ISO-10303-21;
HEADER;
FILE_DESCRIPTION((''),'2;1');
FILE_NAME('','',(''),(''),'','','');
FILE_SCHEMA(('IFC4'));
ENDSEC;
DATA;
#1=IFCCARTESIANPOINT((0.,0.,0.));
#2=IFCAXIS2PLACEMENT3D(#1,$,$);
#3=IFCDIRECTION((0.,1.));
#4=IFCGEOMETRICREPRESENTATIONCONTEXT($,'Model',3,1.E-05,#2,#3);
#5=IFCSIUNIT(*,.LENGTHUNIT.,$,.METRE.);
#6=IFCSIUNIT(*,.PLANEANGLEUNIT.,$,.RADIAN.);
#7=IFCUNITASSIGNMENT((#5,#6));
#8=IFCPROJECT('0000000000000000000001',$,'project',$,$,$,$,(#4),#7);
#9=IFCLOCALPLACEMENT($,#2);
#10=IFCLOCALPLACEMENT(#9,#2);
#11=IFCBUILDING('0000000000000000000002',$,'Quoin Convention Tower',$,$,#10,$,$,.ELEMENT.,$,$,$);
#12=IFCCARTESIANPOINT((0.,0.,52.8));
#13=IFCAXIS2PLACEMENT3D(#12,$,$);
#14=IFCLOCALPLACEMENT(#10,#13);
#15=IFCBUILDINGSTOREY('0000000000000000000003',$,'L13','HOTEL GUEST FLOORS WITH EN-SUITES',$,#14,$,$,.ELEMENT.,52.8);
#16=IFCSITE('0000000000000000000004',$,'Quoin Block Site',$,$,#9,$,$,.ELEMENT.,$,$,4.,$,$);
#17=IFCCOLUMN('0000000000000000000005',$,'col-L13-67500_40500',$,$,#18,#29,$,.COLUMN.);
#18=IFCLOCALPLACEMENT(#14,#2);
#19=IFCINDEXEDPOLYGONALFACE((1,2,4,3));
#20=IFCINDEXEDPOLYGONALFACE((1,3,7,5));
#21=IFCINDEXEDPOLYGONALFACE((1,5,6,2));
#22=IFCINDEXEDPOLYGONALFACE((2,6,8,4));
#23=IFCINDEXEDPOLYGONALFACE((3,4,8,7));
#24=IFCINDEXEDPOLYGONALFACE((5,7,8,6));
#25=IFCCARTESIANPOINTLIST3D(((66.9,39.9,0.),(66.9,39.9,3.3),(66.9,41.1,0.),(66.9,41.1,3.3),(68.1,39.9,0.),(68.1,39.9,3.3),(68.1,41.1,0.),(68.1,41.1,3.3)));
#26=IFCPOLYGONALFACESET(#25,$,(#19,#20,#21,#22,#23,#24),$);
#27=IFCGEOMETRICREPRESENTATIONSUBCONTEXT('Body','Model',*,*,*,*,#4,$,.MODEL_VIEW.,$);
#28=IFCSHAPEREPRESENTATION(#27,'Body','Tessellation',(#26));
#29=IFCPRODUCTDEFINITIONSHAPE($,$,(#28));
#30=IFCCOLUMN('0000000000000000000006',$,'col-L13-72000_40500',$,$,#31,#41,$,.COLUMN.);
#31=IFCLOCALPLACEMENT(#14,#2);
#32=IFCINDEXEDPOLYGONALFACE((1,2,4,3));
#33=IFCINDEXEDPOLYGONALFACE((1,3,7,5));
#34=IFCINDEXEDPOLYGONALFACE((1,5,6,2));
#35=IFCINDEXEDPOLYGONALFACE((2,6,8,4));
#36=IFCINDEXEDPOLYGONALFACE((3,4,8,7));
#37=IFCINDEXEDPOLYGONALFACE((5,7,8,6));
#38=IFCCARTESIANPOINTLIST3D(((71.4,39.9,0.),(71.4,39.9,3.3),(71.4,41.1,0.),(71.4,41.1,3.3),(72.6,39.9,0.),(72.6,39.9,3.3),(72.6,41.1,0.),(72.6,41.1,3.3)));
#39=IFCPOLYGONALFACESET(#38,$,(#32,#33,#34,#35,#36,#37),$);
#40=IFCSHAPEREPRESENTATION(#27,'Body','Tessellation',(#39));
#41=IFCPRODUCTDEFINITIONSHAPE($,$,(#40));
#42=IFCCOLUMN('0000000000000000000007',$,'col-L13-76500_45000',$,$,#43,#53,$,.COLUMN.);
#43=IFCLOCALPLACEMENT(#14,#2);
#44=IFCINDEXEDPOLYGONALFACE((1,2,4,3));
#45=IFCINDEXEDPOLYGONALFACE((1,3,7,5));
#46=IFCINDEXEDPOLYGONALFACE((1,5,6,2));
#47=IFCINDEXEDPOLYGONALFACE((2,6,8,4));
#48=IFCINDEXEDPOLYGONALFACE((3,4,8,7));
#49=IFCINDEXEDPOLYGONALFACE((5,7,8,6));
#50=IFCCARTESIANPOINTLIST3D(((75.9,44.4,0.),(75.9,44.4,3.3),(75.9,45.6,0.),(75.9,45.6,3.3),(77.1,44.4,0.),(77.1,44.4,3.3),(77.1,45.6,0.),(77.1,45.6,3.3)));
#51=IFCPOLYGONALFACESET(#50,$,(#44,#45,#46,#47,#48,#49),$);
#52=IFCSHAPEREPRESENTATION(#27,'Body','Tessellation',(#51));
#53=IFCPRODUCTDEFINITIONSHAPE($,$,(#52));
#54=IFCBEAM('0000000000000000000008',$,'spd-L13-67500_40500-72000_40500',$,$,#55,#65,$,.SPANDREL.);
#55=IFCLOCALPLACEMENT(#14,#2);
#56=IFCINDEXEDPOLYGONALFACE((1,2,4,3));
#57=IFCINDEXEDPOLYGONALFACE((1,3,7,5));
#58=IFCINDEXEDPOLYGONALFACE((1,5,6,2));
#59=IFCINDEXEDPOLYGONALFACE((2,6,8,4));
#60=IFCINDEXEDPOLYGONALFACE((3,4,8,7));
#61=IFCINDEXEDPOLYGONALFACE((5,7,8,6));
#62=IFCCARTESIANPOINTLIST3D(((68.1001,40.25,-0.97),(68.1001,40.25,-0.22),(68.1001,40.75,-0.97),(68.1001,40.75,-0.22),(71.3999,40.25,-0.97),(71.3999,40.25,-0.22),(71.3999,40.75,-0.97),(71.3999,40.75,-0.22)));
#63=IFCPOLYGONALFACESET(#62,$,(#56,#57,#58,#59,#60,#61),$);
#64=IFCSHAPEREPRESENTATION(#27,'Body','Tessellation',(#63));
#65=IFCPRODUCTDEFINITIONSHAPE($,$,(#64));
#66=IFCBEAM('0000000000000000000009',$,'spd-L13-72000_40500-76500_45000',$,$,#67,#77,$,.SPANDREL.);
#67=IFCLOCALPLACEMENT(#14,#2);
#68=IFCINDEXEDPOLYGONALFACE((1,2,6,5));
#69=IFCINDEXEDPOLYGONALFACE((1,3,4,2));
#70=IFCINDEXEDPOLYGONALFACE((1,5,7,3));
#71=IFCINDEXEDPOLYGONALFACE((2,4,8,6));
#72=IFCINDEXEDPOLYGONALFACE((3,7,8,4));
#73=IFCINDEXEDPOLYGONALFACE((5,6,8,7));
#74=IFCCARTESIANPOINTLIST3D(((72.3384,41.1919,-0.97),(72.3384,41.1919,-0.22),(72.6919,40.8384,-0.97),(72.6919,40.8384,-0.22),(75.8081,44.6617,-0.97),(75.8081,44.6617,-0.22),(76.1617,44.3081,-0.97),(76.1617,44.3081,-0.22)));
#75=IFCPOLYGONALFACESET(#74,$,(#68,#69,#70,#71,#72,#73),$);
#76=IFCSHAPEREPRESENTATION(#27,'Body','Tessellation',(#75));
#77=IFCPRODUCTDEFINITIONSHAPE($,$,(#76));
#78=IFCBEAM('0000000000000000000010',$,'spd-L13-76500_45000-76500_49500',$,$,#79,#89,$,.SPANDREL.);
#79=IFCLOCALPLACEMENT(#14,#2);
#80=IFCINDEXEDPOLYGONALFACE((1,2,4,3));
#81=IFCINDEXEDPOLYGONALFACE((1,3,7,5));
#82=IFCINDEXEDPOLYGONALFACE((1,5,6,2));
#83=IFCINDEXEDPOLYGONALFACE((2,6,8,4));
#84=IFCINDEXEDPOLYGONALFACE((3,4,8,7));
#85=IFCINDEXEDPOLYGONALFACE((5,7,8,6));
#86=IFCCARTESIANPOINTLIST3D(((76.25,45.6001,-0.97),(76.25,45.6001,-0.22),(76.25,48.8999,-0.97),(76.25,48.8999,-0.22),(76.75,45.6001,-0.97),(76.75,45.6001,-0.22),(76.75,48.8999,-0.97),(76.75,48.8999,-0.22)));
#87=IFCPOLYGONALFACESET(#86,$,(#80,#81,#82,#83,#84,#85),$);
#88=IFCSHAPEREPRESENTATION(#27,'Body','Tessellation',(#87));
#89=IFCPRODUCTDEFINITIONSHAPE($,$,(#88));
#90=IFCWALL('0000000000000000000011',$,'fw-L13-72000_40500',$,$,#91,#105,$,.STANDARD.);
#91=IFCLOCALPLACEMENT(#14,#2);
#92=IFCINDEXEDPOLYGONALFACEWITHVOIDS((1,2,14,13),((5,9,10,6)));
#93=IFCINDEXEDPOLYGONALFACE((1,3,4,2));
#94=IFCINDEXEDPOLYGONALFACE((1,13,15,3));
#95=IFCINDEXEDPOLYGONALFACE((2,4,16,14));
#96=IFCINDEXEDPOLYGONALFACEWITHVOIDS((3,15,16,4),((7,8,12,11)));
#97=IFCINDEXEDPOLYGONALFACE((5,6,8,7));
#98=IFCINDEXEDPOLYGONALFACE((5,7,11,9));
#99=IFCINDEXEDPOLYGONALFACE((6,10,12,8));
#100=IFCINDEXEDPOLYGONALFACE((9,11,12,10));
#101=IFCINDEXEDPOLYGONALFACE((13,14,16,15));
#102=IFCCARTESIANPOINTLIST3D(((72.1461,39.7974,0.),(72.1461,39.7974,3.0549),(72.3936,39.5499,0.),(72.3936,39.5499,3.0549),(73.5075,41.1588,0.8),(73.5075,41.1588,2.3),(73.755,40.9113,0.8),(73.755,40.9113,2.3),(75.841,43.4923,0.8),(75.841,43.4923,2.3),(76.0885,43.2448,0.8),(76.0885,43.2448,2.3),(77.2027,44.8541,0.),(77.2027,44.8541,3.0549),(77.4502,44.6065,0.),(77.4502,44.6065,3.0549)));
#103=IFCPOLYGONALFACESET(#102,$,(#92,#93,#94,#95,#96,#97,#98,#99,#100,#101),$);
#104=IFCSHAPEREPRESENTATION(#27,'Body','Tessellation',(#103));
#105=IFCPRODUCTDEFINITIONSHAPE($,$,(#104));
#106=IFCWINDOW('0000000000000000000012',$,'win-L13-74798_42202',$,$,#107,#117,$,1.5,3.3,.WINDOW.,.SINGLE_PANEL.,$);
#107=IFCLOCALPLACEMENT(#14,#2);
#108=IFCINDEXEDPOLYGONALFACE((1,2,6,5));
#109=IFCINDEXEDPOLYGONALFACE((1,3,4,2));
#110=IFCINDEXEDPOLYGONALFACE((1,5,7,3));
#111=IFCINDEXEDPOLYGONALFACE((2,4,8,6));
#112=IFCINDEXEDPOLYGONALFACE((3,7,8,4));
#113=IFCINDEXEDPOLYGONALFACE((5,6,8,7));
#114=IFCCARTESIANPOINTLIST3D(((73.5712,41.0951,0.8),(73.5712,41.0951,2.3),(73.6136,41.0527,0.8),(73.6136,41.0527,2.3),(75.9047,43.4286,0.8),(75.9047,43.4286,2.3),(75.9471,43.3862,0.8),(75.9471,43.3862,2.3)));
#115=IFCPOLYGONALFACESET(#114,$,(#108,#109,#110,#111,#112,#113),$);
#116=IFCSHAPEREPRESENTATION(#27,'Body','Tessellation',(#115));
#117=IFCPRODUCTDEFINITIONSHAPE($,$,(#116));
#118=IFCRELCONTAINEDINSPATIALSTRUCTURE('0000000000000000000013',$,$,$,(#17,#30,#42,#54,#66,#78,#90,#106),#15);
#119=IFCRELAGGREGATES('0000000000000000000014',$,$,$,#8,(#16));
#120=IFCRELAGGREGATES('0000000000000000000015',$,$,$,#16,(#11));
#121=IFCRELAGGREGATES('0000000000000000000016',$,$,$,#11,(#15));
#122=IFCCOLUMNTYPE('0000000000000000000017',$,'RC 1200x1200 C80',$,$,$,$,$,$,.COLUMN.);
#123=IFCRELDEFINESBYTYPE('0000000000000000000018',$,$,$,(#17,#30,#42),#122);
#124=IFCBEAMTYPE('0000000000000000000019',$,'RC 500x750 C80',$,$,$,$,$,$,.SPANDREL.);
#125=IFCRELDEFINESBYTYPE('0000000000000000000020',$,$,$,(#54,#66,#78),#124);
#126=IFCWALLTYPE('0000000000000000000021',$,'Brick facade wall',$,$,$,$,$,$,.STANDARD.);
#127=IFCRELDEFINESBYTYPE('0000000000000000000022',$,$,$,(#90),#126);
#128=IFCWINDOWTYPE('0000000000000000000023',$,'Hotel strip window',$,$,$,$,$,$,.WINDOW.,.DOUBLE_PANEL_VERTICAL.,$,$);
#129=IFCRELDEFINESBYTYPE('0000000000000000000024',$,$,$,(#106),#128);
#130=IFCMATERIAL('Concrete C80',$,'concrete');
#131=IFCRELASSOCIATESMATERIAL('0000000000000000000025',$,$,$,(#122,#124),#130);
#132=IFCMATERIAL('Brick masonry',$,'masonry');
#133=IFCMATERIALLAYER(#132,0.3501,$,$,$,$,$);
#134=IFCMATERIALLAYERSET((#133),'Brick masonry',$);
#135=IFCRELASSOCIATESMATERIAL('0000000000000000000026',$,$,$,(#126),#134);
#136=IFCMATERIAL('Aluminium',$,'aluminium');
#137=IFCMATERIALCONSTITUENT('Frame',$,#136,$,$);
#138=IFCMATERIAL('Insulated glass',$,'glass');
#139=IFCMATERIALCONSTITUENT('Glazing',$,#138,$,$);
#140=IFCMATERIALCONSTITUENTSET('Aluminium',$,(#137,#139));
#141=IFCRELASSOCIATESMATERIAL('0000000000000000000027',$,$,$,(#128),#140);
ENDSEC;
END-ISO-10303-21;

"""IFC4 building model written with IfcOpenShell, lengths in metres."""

from ifc_helpers import new_model, si_unit, direction, frame, frame_2d, origin, origin_2d, place, context, subcontext, project, spatial, rectangle, extrude, material, layer, layer_set, constituent, constituent_set, material_profile, profile_set, type_object, element, fill, save


model = new_model("IFC4")

# Units and contexts
model_context = context("Model", 3, precision=1e-05, world=origin(), true_north=direction((0.0, 1.0)))
body_context = subcontext(model_context, "Body", "Model", "MODEL_VIEW")
ifc_project = project(units=[si_unit("LENGTHUNIT", "METRE"), si_unit("PLANEANGLEUNIT", "RADIAN")], contexts=[model_context])

# Site, building, storey
site_placement = place(None, origin())
site = spatial("IfcSite", under=ifc_project, at=site_placement, Name="Quoin Block Site", CompositionType="ELEMENT", RefElevation=4.0)
building_placement = place(site_placement, origin())
building = spatial("IfcBuilding", under=site, at=building_placement, Name="Quoin Convention Tower", CompositionType="ELEMENT")
storey_placement = place(building_placement, frame((0.0, 0.0, 52.8)))
storey = spatial("IfcBuildingStorey", under=building, at=storey_placement, Name="L13", Description="HOTEL GUEST FLOORS WITH EN-SUITES", CompositionType="ELEMENT", Elevation=52.8)

# Columns
ifc_material_1 = material(Name="Concrete C80", Category="concrete")
ifc_material_profile_1 = material_profile(ifc_material_1, rectangle(XDim=1.2, YDim=1.2, at=origin_2d()), Name="RC 1200x1200")
ifc_profile_set_1 = profile_set([ifc_material_profile_1], Name="Concrete C80")
column_type = type_object("IfcColumnType", Name="RC 1200x1200 C80", PredefinedType="COLUMN", material=ifc_profile_set_1)
for number, where, z_axis, x_axis, name in (
    (1, (67.5, 40.5, 0.0), (0.0, 0.0, 1.0), (1.0, 0.0, 0.0), "col-L13-67500_40500"),
    (2, (72.0, 40.5, 0.0), (0.0, 0.0, 1.0), (1.0, 0.0, 0.0), "col-L13-72000_40500"),
    (3, (76.5, 45.0, 0.0), (0.0, 0.0, 1.0), (1.0, 0.0, 0.0), "col-L13-76500_45000"),
):
    element("IfcColumn", number, at=place(storey_placement, frame(where, z_axis=z_axis, x_axis=x_axis)), inside=storey, type_object=column_type, Name=name, PredefinedType="COLUMN", context=body_context, shape_type="SweptSolid", body=[
        extrude(rectangle(XDim=1.2, YDim=1.2, at=origin_2d()), origin(), (0.0, 0.0, 1.0), 3.3),
    ])

# Beams
ifc_material_profile_2 = material_profile(ifc_material_1, rectangle(XDim=0.5, YDim=0.75, at=origin_2d()), Name="RC 500x750")
ifc_profile_set_2 = profile_set([ifc_material_profile_2], Name="Concrete C80")
beam_type = type_object("IfcBeamType", Name="RC 500x750 C80", PredefinedType="SPANDREL", material=ifc_profile_set_2)
beam_1_placement = place(storey_placement, frame((68.1001, 40.5, -0.595), z_axis=(1.0, 0.0, 0.0), x_axis=(0.0, 1.0, 0.0)))
element("IfcBeam", 4, at=beam_1_placement, inside=storey, type_object=beam_type, Name="spd-L13-67500_40500-72000_40500", PredefinedType="SPANDREL", context=body_context, shape_type="SweptSolid", body=[
    extrude(rectangle(XDim=0.5, YDim=0.75, at=origin_2d()), origin(), (0.0, 0.0, 1.0), 3.2998),
])
beam_2_placement = place(storey_placement, frame((72.5151, 41.0151, -0.595), z_axis=(0.707107, 0.707107, 0.0), x_axis=(-0.707107, 0.707107, 0.0)))
element("IfcBeam", 5, at=beam_2_placement, inside=storey, type_object=beam_type, Name="spd-L13-72000_40500-76500_45000", PredefinedType="SPANDREL", context=body_context, shape_type="SweptSolid", body=[
    extrude(rectangle(XDim=0.5, YDim=0.75, at=origin_2d()), origin(), (0.0, 0.0, 1.0), 4.907),
])
beam_3_placement = place(storey_placement, frame((76.5, 45.6001, -0.595), z_axis=(0.0, 1.0, 0.0), x_axis=(-1.0, 0.0, 0.0)))
element("IfcBeam", 6, at=beam_3_placement, inside=storey, type_object=beam_type, Name="spd-L13-76500_45000-76500_49500", PredefinedType="SPANDREL", context=body_context, shape_type="SweptSolid", body=[
    extrude(rectangle(XDim=0.5, YDim=0.75, at=origin_2d()), origin(), (0.0, 0.0, 1.0), 3.2998),
])

# Wall, opening, window
ifc_material_2 = material(Name="Brick masonry", Category="masonry")
ifc_layer_1 = layer(ifc_material_2, 0.3501)
ifc_layer_set_1 = layer_set([ifc_layer_1], Name="Brick masonry")
wall_type_1 = type_object("IfcWallType", Name="Brick facade wall", PredefinedType="STANDARD", material=ifc_layer_set_1)
wall_1_placement = place(storey_placement, frame((72.2698, 39.6736, 0.0), z_axis=(0.0, 0.0, 1.0), x_axis=(0.707107, 0.707107, 0.0)))
wall_1 = element("IfcWall", 7, at=wall_1_placement, inside=storey, type_object=wall_type_1, Name="fw-L13-72000_40500", PredefinedType="STANDARD", context=body_context, shape_type="SweptSolid", body=[
    extrude(rectangle(XDim=7.1511, YDim=0.3501, at=frame_2d((3.5757, 0.0))), origin(), (0.0, 0.0, 1.0), 3.0549),
])
opening_1_placement = place(wall_1_placement, frame((1.9255, 0.0, 0.8)))
opening_1 = element("IfcOpeningElement", 8, at=opening_1_placement, cuts=wall_1, PredefinedType="OPENING", context=body_context, shape_type="SweptSolid", body=[
    extrude(rectangle(XDim=3.3, YDim=1.5, at=frame_2d((1.6499, 0.75))), frame((0.0, 0.1851, 0.0), z_axis=(0.0, -1.0, 0.0), x_axis=(1.0, 0.0, 0.0)), (0.0, 0.0, 1.0), 0.3701),
])
ifc_material_3 = material(Name="Aluminium", Category="aluminium")
ifc_constituent_1 = constituent(ifc_material_3, Name="Frame")
ifc_material_4 = material(Name="Insulated glass", Category="glass")
ifc_constituent_2 = constituent(ifc_material_4, Name="Glazing")
ifc_constituent_set = constituent_set(constituents=[ifc_constituent_1, ifc_constituent_2], Name="Aluminium")
window_type = type_object("IfcWindowType", Name="Hotel strip window", PartitioningType="DOUBLE_PANEL_VERTICAL", PredefinedType="WINDOW", material=ifc_constituent_set)
window_1_placement = place(opening_1_placement, origin())
window_1 = element("IfcWindow", 9, at=window_1_placement, inside=storey, type_object=window_type, Name="win-L13-74798_42202", OverallHeight=1.5, OverallWidth=3.3, PartitioningType="SINGLE_PANEL", PredefinedType="WINDOW", context=body_context, shape_type="SweptSolid", body=[
    extrude(rectangle(XDim=3.3, YDim=1.5, at=frame_2d((1.6499, 0.75))), frame((0.0, 0.085, 0.0), z_axis=(0.0, -1.0, 0.0), x_axis=(1.0, 0.0, 0.0)), (0.0, 0.0, 1.0), 0.0601),
])
fill(opening_1, window_1)

save(model, "model.ifc")
